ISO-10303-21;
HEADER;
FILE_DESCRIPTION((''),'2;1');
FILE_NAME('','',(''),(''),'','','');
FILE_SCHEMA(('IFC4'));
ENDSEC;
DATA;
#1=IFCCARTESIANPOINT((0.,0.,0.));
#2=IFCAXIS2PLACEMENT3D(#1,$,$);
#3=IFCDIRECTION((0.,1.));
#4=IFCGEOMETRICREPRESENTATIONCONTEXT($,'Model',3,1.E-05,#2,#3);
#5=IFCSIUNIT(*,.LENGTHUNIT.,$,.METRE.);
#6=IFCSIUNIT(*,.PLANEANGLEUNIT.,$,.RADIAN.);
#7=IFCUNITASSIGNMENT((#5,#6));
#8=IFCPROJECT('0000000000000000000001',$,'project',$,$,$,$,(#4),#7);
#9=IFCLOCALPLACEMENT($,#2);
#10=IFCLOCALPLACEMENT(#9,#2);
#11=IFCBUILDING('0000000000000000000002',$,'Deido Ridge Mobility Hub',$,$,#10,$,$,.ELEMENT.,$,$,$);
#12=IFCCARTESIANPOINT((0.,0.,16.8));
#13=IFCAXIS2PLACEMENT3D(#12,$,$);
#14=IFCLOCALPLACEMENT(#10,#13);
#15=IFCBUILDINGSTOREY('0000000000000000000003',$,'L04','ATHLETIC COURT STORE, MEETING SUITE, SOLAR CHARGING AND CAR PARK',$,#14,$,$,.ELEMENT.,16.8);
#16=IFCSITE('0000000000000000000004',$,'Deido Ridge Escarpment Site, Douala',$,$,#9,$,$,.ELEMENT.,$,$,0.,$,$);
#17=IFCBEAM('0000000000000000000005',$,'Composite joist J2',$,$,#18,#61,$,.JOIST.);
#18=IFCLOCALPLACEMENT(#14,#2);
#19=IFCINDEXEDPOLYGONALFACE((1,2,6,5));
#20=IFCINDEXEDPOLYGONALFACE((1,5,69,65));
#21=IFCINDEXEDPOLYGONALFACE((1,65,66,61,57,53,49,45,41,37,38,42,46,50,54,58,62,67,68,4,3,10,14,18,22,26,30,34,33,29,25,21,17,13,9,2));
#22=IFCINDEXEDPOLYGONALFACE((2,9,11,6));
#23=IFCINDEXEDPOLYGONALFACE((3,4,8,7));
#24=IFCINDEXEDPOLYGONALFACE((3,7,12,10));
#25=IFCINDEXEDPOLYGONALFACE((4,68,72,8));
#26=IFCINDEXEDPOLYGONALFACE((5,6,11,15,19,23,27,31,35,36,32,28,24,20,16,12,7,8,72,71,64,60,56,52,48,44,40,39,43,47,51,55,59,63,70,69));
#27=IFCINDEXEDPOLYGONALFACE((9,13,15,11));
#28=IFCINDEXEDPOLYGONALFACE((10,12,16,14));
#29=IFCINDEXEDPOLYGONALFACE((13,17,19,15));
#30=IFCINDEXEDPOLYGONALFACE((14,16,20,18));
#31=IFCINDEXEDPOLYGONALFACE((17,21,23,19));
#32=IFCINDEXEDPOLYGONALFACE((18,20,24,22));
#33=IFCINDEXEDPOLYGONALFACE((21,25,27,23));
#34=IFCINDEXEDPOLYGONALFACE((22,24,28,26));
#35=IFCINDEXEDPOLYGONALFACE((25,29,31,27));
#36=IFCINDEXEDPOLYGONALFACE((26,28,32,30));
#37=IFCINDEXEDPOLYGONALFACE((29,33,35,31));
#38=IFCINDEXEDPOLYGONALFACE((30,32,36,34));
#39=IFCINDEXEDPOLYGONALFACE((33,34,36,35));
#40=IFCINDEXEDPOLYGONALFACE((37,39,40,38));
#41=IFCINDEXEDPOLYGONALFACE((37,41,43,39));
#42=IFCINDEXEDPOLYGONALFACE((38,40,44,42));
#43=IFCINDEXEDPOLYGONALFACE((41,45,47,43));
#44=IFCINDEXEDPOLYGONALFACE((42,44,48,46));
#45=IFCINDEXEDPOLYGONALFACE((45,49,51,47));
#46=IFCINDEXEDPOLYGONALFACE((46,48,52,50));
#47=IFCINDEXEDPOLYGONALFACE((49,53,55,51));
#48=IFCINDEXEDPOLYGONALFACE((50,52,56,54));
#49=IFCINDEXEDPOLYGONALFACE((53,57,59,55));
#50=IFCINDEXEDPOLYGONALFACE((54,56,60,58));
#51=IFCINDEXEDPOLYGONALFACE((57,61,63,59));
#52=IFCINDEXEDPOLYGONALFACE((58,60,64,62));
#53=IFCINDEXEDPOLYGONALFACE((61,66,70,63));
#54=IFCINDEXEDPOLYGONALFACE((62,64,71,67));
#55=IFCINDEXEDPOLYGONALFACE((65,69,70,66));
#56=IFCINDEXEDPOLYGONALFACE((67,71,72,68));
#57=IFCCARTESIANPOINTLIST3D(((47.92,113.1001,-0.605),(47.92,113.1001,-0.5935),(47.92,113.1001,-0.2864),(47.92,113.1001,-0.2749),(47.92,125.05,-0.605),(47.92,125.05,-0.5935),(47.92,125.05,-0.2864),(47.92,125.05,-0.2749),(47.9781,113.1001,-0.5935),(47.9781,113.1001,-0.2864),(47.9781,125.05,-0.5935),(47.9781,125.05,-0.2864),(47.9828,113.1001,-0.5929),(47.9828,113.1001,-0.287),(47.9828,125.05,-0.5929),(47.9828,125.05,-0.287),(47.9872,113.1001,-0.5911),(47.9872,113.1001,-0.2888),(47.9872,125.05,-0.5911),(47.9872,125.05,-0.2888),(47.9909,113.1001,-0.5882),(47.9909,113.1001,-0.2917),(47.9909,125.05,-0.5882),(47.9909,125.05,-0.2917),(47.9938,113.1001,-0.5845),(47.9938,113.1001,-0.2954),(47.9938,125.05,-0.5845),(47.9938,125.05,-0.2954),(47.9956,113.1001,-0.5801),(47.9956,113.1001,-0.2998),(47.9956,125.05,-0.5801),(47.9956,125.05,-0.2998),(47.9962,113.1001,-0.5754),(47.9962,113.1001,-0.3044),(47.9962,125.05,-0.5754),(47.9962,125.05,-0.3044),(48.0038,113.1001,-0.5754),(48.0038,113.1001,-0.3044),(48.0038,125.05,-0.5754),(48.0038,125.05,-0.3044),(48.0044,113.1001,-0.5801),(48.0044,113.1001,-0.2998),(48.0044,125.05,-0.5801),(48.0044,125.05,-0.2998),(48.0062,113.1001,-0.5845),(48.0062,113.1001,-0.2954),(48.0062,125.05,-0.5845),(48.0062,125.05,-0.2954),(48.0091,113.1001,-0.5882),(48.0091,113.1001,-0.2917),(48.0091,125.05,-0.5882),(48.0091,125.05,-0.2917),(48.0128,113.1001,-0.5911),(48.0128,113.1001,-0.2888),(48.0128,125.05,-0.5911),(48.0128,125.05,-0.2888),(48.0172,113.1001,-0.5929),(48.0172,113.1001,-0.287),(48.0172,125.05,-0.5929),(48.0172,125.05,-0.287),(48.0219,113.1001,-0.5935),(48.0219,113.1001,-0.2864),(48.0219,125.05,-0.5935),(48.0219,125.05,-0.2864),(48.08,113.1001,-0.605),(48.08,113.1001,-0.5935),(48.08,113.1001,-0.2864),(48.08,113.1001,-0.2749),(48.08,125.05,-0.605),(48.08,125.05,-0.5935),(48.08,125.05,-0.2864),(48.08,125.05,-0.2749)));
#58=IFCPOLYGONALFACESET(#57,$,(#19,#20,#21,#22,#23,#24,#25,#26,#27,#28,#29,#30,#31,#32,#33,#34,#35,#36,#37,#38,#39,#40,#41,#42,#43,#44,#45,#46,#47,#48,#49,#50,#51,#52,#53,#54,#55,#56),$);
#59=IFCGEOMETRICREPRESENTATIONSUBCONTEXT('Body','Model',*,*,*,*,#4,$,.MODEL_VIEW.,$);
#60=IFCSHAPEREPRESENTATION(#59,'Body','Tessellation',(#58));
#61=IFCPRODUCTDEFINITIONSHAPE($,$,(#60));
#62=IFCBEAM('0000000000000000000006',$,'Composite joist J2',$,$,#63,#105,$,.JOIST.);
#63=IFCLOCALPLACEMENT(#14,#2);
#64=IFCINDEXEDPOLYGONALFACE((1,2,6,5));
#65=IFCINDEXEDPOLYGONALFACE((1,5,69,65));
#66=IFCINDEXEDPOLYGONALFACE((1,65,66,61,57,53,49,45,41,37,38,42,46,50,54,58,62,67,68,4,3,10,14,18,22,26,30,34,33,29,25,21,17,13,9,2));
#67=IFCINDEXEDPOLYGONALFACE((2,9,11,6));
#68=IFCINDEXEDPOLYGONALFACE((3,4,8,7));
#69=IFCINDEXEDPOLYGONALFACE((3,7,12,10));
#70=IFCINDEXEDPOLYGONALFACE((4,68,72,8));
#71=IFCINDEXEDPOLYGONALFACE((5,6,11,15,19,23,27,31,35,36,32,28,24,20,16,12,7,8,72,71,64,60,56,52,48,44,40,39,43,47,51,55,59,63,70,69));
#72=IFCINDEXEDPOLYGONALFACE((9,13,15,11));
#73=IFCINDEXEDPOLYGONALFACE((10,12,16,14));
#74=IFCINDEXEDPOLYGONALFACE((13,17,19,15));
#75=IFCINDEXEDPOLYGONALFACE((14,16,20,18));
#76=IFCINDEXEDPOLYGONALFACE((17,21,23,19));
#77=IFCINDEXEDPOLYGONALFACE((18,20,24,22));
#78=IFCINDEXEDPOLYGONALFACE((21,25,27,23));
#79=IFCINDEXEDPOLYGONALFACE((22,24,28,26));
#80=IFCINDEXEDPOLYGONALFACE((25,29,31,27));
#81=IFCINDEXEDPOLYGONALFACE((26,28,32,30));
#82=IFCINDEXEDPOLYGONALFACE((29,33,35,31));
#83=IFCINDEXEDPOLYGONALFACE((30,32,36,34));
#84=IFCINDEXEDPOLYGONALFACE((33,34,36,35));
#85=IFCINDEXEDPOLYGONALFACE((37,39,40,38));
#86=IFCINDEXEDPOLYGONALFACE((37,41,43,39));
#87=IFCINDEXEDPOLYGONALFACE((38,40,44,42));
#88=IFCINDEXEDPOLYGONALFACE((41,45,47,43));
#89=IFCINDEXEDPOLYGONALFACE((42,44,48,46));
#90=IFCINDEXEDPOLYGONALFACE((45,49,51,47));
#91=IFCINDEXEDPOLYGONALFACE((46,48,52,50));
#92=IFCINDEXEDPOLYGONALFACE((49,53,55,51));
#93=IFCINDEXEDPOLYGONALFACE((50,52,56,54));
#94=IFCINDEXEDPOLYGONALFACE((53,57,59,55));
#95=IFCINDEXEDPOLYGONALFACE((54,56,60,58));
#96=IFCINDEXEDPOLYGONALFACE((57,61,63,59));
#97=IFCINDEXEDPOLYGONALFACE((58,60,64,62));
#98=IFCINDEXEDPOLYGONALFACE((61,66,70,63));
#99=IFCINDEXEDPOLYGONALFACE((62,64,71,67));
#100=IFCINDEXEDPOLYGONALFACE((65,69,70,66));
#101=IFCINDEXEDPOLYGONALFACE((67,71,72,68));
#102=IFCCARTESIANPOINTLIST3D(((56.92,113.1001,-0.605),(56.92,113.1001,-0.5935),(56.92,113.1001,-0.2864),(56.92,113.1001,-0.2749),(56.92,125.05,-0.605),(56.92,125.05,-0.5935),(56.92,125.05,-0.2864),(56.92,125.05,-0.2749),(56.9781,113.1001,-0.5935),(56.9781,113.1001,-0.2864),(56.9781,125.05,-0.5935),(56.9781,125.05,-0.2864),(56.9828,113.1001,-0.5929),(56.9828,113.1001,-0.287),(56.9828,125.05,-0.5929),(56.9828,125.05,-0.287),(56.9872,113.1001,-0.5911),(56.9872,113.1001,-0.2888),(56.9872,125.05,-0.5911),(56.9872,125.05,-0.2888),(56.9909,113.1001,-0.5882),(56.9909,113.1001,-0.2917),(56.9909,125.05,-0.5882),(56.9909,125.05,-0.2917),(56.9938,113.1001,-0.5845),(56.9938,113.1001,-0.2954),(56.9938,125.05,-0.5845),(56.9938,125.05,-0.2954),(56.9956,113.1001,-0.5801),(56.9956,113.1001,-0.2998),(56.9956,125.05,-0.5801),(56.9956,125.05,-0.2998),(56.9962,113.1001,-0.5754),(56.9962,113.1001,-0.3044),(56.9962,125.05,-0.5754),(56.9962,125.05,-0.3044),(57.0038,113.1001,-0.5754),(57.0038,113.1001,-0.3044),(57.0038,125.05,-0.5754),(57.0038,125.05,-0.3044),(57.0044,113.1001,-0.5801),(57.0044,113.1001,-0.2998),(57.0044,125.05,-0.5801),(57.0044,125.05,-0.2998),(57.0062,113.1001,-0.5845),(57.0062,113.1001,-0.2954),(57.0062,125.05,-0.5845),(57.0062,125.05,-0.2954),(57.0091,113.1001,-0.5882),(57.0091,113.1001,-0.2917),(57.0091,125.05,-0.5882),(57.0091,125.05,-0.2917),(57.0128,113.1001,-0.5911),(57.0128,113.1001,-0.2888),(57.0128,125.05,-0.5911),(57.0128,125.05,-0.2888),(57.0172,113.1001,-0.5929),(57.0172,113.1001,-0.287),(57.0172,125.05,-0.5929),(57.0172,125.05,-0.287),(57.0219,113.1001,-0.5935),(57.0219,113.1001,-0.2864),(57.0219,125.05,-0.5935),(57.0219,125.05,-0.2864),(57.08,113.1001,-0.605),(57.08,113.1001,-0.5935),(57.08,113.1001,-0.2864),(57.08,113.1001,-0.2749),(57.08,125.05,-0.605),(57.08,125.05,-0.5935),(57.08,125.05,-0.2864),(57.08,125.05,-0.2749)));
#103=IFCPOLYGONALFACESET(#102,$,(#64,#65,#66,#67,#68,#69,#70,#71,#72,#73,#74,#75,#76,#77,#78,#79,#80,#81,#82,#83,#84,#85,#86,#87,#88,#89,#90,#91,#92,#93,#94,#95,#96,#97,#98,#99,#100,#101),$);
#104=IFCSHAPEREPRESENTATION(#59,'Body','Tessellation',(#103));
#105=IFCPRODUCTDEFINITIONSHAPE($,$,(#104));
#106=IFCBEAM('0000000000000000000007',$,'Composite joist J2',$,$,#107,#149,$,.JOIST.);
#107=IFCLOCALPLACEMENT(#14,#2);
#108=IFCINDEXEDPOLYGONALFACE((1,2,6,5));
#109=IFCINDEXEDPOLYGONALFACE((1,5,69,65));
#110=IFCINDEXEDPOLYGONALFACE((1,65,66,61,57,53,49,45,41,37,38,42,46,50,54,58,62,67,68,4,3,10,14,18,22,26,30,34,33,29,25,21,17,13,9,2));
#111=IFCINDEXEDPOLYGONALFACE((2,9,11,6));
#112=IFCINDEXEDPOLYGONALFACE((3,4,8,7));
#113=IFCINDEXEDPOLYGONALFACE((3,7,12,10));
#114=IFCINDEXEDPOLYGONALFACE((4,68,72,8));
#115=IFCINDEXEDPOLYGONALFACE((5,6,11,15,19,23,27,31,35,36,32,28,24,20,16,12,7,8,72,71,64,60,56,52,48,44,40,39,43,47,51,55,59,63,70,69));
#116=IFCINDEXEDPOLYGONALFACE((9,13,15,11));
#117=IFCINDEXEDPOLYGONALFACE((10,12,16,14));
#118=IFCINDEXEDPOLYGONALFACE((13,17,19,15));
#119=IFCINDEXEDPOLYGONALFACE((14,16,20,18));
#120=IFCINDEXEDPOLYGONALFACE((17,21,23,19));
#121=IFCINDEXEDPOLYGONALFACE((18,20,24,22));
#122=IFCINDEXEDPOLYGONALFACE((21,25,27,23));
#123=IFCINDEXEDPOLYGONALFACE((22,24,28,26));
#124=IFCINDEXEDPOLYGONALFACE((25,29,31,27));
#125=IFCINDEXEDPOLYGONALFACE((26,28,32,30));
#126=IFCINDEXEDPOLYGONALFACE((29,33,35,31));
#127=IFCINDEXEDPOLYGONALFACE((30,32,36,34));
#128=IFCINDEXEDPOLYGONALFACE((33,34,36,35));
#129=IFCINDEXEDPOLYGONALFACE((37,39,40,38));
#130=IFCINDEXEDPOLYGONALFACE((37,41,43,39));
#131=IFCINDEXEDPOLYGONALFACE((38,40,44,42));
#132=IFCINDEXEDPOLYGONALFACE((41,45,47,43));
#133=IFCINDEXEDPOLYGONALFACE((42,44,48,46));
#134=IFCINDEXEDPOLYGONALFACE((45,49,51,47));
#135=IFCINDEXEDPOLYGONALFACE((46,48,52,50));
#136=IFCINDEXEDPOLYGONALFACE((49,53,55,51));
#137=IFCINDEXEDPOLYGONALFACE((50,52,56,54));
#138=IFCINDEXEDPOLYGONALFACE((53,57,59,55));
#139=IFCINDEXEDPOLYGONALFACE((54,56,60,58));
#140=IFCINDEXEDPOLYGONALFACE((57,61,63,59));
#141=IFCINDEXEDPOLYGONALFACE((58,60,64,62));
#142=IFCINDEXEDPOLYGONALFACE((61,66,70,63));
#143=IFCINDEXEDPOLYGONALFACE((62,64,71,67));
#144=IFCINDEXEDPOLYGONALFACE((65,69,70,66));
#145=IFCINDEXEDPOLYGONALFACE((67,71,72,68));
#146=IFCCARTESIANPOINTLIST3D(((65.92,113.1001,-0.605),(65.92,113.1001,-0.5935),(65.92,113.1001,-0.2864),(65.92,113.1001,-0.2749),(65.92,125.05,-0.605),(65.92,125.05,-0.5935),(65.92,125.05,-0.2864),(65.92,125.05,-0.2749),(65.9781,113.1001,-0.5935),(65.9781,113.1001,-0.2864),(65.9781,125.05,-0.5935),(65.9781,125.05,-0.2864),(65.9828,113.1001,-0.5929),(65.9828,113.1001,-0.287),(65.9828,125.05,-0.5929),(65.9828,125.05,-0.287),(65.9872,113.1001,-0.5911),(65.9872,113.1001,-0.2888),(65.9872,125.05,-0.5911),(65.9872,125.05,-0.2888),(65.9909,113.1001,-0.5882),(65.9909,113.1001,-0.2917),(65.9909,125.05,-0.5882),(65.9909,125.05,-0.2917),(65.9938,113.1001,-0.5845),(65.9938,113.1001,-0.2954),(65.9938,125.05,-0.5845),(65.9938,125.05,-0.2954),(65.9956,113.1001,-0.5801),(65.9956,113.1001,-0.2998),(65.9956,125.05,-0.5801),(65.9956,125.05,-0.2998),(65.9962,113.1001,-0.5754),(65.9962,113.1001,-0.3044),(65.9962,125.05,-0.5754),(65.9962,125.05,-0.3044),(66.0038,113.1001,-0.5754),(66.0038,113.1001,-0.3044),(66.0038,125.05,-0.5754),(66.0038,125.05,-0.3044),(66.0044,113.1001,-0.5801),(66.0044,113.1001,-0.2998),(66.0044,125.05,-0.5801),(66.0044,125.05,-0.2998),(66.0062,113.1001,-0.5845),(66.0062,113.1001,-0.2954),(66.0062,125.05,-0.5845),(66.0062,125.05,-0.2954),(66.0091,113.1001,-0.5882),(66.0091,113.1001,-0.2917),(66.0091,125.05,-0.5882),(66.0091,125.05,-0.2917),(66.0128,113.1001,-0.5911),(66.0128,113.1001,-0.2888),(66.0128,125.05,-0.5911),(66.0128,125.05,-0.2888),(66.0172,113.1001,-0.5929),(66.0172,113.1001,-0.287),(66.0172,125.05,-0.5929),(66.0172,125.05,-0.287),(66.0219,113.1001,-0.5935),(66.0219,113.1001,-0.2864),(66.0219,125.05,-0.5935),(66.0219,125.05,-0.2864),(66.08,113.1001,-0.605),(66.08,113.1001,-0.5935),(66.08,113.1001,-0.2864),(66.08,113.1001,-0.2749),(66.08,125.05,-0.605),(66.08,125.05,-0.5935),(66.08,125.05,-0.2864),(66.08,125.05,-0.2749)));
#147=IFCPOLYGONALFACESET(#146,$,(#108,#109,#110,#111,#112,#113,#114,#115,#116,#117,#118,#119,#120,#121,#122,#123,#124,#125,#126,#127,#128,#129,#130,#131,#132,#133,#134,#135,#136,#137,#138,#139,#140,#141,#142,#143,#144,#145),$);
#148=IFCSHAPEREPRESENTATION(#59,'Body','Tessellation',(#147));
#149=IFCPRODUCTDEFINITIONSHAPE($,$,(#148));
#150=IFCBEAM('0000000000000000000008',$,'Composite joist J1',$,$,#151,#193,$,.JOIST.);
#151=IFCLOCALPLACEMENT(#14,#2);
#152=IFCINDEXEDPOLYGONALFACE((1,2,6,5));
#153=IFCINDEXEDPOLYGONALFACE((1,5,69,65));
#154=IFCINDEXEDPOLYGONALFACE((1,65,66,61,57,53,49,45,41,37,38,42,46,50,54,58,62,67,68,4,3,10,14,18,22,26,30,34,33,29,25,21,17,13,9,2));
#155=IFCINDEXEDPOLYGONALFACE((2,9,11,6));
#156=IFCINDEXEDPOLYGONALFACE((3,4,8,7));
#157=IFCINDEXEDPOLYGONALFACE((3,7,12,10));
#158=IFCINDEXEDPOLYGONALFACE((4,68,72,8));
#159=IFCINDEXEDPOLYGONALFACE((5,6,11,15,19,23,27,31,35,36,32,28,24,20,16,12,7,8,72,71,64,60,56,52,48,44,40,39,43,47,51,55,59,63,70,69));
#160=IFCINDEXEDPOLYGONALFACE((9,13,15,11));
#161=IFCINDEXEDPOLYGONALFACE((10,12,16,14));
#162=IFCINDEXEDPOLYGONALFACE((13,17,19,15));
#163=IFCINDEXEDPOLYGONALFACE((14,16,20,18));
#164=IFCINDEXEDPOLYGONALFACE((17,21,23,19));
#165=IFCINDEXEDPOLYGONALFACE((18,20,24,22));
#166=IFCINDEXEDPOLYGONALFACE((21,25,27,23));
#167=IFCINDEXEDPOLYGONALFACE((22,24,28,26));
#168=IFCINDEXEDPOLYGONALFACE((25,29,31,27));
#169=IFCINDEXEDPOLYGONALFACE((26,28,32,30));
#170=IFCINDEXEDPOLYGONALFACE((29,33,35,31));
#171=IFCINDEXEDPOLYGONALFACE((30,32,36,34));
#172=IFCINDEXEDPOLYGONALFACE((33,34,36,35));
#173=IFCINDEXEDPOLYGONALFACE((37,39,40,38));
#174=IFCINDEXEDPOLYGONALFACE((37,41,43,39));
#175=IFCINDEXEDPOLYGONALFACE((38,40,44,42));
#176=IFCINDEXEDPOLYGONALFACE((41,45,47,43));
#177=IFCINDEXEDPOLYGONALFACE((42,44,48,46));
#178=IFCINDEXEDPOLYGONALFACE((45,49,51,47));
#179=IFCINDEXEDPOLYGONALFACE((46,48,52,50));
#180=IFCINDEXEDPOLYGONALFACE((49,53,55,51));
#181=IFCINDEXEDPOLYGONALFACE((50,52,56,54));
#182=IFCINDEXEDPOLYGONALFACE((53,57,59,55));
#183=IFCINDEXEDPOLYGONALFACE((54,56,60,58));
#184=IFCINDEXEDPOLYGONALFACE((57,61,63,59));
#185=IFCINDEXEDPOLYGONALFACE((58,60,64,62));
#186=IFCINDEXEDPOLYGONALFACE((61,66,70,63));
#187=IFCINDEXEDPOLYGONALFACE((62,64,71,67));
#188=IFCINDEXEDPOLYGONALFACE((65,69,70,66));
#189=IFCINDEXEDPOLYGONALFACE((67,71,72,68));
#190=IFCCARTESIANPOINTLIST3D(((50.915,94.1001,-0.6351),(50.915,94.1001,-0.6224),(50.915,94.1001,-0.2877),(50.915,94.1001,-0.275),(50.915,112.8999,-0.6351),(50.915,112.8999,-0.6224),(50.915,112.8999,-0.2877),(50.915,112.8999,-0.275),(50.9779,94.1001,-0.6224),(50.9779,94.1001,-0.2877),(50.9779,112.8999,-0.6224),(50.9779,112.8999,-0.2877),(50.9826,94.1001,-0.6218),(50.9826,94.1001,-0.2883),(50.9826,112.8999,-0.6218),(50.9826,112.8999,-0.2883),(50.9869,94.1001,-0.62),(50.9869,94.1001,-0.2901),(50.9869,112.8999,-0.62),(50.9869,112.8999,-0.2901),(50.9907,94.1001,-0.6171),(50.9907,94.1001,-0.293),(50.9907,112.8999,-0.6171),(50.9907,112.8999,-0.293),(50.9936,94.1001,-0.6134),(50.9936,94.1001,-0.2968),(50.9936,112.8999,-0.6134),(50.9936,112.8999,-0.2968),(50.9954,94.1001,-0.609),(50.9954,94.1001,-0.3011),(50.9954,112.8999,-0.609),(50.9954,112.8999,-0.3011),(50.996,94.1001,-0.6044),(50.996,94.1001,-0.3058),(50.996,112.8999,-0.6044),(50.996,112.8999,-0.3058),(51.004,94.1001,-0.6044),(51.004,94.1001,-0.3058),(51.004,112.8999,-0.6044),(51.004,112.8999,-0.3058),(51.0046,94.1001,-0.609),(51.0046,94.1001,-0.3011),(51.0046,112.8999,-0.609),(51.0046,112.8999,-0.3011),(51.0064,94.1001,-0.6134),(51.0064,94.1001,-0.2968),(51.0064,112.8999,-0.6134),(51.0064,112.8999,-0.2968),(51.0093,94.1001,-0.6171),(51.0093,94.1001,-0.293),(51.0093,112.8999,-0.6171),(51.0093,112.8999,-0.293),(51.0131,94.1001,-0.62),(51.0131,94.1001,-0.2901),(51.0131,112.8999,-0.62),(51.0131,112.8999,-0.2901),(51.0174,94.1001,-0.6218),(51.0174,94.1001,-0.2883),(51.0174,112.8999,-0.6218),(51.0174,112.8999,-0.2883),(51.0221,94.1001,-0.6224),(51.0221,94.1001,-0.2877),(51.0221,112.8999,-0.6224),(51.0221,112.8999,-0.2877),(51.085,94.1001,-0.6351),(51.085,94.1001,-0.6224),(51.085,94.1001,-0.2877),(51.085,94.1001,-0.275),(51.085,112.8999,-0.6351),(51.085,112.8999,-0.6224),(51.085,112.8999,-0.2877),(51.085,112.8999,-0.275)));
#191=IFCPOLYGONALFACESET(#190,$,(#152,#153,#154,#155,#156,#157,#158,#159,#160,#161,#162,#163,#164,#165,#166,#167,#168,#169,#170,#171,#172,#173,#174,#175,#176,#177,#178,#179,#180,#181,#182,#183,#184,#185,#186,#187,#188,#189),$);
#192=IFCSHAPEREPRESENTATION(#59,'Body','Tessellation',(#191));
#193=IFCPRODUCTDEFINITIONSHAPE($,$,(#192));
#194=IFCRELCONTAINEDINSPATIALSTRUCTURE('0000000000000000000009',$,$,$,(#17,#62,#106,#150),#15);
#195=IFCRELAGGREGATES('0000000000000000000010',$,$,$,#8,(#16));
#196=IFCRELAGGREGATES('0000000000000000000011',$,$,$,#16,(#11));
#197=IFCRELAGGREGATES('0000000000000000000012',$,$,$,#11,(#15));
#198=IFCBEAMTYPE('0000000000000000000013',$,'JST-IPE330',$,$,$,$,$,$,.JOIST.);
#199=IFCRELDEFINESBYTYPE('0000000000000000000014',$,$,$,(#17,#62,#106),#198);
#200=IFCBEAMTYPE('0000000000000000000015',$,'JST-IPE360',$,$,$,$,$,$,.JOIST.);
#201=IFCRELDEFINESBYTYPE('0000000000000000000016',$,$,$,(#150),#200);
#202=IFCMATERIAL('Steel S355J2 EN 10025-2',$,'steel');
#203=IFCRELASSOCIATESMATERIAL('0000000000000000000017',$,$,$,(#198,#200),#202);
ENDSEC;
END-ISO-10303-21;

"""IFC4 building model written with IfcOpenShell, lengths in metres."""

from ifc_helpers import new_model, si_unit, direction, frame, origin, origin_2d, place, context, subcontext, project, spatial, i_section, extrude, material, material_profile, profile_set, type_object, element, save


model = new_model("IFC4")

# Units and contexts
model_context = context("Model", 3, precision=1e-05, world=origin(), true_north=direction((0.0, 1.0)))
body_context = subcontext(model_context, "Body", "Model", "MODEL_VIEW")
ifc_project = project(units=[si_unit("LENGTHUNIT", "METRE"), si_unit("PLANEANGLEUNIT", "RADIAN")], contexts=[model_context])

# Site, building, storey
site_placement = place(None, origin())
site = spatial("IfcSite", under=ifc_project, at=site_placement, Name="Deido Ridge Escarpment Site, Douala", CompositionType="ELEMENT", RefElevation=0.0)
building_placement = place(site_placement, origin())
building = spatial("IfcBuilding", under=site, at=building_placement, Name="Deido Ridge Mobility Hub", CompositionType="ELEMENT")
storey_placement = place(building_placement, frame((0.0, 0.0, 16.8)))
storey = spatial("IfcBuildingStorey", under=building, at=storey_placement, Name="L04", Description="ATHLETIC COURT STORE, MEETING SUITE, SOLAR CHARGING AND CAR PARK", CompositionType="ELEMENT", Elevation=16.8)

# Shared definitions
ifc_material_1 = material(Name="Steel S355J2 EN 10025-2", Category="steel")

# Beams
ifc_material_profile_1 = material_profile(ifc_material_1, i_section(OverallWidth=0.1599, OverallDepth=0.3301, WebThickness=0.0076, FlangeThickness=0.0115, FilletRadius=0.0181, at=origin_2d()), Name="IPE 330")
ifc_profile_set_1 = profile_set([ifc_material_profile_1], Name="Steel S355J2 EN 10025-2")
beam_type_1 = type_object("IfcBeamType", Name="JST-IPE330", PredefinedType="JOIST", material=ifc_profile_set_1)
for number, where, z_axis, x_axis, name in (
    (1, (48.0, 113.1001, -0.4399), (0.0, 1.0, 0.0), (-1.0, 0.0, 0.0), "Composite joist J2"),
    (2, (57.0, 113.1001, -0.4399), (0.0, 1.0, 0.0), (-1.0, 0.0, 0.0), "Composite joist J2"),
    (3, (66.0, 113.1001, -0.4399), (0.0, 1.0, 0.0), (-1.0, 0.0, 0.0), "Composite joist J2"),
):
    element("IfcBeam", number, at=place(storey_placement, frame(where, z_axis=z_axis, x_axis=x_axis)), inside=storey, type_object=beam_type_1, Name=name, PredefinedType="JOIST", context=body_context, shape_type="SweptSolid", body=[
        extrude(i_section(OverallWidth=0.1599, OverallDepth=0.3301, WebThickness=0.0076, FlangeThickness=0.0115, FilletRadius=0.0181, at=origin_2d()), origin(), (0.0, 0.0, 1.0), 11.95),
    ])
ifc_material_profile_2 = material_profile(ifc_material_1, i_section(OverallWidth=0.1699, OverallDepth=0.3601, WebThickness=0.0081, FlangeThickness=0.0127, FilletRadius=0.0181, at=origin_2d()), Name="IPE 360")
ifc_profile_set_2 = profile_set([ifc_material_profile_2], Name="Steel S355J2 EN 10025-2")
beam_type_2 = type_object("IfcBeamType", Name="JST-IPE360", PredefinedType="JOIST", material=ifc_profile_set_2)
for number, where, z_axis, x_axis, name in (
    (4, (51.0, 94.1001, -0.4551), (0.0, 1.0, 0.0), (-1.0, 0.0, 0.0), "Composite joist J1"),
):
    element("IfcBeam", number, at=place(storey_placement, frame(where, z_axis=z_axis, x_axis=x_axis)), inside=storey, type_object=beam_type_2, Name=name, PredefinedType="JOIST", context=body_context, shape_type="SweptSolid", body=[
        extrude(i_section(OverallWidth=0.1699, OverallDepth=0.3601, WebThickness=0.0081, FlangeThickness=0.0127, FilletRadius=0.0181, at=origin_2d()), origin(), (0.0, 0.0, 1.0), 18.7998),
    ])

save(model, "model.ifc")
